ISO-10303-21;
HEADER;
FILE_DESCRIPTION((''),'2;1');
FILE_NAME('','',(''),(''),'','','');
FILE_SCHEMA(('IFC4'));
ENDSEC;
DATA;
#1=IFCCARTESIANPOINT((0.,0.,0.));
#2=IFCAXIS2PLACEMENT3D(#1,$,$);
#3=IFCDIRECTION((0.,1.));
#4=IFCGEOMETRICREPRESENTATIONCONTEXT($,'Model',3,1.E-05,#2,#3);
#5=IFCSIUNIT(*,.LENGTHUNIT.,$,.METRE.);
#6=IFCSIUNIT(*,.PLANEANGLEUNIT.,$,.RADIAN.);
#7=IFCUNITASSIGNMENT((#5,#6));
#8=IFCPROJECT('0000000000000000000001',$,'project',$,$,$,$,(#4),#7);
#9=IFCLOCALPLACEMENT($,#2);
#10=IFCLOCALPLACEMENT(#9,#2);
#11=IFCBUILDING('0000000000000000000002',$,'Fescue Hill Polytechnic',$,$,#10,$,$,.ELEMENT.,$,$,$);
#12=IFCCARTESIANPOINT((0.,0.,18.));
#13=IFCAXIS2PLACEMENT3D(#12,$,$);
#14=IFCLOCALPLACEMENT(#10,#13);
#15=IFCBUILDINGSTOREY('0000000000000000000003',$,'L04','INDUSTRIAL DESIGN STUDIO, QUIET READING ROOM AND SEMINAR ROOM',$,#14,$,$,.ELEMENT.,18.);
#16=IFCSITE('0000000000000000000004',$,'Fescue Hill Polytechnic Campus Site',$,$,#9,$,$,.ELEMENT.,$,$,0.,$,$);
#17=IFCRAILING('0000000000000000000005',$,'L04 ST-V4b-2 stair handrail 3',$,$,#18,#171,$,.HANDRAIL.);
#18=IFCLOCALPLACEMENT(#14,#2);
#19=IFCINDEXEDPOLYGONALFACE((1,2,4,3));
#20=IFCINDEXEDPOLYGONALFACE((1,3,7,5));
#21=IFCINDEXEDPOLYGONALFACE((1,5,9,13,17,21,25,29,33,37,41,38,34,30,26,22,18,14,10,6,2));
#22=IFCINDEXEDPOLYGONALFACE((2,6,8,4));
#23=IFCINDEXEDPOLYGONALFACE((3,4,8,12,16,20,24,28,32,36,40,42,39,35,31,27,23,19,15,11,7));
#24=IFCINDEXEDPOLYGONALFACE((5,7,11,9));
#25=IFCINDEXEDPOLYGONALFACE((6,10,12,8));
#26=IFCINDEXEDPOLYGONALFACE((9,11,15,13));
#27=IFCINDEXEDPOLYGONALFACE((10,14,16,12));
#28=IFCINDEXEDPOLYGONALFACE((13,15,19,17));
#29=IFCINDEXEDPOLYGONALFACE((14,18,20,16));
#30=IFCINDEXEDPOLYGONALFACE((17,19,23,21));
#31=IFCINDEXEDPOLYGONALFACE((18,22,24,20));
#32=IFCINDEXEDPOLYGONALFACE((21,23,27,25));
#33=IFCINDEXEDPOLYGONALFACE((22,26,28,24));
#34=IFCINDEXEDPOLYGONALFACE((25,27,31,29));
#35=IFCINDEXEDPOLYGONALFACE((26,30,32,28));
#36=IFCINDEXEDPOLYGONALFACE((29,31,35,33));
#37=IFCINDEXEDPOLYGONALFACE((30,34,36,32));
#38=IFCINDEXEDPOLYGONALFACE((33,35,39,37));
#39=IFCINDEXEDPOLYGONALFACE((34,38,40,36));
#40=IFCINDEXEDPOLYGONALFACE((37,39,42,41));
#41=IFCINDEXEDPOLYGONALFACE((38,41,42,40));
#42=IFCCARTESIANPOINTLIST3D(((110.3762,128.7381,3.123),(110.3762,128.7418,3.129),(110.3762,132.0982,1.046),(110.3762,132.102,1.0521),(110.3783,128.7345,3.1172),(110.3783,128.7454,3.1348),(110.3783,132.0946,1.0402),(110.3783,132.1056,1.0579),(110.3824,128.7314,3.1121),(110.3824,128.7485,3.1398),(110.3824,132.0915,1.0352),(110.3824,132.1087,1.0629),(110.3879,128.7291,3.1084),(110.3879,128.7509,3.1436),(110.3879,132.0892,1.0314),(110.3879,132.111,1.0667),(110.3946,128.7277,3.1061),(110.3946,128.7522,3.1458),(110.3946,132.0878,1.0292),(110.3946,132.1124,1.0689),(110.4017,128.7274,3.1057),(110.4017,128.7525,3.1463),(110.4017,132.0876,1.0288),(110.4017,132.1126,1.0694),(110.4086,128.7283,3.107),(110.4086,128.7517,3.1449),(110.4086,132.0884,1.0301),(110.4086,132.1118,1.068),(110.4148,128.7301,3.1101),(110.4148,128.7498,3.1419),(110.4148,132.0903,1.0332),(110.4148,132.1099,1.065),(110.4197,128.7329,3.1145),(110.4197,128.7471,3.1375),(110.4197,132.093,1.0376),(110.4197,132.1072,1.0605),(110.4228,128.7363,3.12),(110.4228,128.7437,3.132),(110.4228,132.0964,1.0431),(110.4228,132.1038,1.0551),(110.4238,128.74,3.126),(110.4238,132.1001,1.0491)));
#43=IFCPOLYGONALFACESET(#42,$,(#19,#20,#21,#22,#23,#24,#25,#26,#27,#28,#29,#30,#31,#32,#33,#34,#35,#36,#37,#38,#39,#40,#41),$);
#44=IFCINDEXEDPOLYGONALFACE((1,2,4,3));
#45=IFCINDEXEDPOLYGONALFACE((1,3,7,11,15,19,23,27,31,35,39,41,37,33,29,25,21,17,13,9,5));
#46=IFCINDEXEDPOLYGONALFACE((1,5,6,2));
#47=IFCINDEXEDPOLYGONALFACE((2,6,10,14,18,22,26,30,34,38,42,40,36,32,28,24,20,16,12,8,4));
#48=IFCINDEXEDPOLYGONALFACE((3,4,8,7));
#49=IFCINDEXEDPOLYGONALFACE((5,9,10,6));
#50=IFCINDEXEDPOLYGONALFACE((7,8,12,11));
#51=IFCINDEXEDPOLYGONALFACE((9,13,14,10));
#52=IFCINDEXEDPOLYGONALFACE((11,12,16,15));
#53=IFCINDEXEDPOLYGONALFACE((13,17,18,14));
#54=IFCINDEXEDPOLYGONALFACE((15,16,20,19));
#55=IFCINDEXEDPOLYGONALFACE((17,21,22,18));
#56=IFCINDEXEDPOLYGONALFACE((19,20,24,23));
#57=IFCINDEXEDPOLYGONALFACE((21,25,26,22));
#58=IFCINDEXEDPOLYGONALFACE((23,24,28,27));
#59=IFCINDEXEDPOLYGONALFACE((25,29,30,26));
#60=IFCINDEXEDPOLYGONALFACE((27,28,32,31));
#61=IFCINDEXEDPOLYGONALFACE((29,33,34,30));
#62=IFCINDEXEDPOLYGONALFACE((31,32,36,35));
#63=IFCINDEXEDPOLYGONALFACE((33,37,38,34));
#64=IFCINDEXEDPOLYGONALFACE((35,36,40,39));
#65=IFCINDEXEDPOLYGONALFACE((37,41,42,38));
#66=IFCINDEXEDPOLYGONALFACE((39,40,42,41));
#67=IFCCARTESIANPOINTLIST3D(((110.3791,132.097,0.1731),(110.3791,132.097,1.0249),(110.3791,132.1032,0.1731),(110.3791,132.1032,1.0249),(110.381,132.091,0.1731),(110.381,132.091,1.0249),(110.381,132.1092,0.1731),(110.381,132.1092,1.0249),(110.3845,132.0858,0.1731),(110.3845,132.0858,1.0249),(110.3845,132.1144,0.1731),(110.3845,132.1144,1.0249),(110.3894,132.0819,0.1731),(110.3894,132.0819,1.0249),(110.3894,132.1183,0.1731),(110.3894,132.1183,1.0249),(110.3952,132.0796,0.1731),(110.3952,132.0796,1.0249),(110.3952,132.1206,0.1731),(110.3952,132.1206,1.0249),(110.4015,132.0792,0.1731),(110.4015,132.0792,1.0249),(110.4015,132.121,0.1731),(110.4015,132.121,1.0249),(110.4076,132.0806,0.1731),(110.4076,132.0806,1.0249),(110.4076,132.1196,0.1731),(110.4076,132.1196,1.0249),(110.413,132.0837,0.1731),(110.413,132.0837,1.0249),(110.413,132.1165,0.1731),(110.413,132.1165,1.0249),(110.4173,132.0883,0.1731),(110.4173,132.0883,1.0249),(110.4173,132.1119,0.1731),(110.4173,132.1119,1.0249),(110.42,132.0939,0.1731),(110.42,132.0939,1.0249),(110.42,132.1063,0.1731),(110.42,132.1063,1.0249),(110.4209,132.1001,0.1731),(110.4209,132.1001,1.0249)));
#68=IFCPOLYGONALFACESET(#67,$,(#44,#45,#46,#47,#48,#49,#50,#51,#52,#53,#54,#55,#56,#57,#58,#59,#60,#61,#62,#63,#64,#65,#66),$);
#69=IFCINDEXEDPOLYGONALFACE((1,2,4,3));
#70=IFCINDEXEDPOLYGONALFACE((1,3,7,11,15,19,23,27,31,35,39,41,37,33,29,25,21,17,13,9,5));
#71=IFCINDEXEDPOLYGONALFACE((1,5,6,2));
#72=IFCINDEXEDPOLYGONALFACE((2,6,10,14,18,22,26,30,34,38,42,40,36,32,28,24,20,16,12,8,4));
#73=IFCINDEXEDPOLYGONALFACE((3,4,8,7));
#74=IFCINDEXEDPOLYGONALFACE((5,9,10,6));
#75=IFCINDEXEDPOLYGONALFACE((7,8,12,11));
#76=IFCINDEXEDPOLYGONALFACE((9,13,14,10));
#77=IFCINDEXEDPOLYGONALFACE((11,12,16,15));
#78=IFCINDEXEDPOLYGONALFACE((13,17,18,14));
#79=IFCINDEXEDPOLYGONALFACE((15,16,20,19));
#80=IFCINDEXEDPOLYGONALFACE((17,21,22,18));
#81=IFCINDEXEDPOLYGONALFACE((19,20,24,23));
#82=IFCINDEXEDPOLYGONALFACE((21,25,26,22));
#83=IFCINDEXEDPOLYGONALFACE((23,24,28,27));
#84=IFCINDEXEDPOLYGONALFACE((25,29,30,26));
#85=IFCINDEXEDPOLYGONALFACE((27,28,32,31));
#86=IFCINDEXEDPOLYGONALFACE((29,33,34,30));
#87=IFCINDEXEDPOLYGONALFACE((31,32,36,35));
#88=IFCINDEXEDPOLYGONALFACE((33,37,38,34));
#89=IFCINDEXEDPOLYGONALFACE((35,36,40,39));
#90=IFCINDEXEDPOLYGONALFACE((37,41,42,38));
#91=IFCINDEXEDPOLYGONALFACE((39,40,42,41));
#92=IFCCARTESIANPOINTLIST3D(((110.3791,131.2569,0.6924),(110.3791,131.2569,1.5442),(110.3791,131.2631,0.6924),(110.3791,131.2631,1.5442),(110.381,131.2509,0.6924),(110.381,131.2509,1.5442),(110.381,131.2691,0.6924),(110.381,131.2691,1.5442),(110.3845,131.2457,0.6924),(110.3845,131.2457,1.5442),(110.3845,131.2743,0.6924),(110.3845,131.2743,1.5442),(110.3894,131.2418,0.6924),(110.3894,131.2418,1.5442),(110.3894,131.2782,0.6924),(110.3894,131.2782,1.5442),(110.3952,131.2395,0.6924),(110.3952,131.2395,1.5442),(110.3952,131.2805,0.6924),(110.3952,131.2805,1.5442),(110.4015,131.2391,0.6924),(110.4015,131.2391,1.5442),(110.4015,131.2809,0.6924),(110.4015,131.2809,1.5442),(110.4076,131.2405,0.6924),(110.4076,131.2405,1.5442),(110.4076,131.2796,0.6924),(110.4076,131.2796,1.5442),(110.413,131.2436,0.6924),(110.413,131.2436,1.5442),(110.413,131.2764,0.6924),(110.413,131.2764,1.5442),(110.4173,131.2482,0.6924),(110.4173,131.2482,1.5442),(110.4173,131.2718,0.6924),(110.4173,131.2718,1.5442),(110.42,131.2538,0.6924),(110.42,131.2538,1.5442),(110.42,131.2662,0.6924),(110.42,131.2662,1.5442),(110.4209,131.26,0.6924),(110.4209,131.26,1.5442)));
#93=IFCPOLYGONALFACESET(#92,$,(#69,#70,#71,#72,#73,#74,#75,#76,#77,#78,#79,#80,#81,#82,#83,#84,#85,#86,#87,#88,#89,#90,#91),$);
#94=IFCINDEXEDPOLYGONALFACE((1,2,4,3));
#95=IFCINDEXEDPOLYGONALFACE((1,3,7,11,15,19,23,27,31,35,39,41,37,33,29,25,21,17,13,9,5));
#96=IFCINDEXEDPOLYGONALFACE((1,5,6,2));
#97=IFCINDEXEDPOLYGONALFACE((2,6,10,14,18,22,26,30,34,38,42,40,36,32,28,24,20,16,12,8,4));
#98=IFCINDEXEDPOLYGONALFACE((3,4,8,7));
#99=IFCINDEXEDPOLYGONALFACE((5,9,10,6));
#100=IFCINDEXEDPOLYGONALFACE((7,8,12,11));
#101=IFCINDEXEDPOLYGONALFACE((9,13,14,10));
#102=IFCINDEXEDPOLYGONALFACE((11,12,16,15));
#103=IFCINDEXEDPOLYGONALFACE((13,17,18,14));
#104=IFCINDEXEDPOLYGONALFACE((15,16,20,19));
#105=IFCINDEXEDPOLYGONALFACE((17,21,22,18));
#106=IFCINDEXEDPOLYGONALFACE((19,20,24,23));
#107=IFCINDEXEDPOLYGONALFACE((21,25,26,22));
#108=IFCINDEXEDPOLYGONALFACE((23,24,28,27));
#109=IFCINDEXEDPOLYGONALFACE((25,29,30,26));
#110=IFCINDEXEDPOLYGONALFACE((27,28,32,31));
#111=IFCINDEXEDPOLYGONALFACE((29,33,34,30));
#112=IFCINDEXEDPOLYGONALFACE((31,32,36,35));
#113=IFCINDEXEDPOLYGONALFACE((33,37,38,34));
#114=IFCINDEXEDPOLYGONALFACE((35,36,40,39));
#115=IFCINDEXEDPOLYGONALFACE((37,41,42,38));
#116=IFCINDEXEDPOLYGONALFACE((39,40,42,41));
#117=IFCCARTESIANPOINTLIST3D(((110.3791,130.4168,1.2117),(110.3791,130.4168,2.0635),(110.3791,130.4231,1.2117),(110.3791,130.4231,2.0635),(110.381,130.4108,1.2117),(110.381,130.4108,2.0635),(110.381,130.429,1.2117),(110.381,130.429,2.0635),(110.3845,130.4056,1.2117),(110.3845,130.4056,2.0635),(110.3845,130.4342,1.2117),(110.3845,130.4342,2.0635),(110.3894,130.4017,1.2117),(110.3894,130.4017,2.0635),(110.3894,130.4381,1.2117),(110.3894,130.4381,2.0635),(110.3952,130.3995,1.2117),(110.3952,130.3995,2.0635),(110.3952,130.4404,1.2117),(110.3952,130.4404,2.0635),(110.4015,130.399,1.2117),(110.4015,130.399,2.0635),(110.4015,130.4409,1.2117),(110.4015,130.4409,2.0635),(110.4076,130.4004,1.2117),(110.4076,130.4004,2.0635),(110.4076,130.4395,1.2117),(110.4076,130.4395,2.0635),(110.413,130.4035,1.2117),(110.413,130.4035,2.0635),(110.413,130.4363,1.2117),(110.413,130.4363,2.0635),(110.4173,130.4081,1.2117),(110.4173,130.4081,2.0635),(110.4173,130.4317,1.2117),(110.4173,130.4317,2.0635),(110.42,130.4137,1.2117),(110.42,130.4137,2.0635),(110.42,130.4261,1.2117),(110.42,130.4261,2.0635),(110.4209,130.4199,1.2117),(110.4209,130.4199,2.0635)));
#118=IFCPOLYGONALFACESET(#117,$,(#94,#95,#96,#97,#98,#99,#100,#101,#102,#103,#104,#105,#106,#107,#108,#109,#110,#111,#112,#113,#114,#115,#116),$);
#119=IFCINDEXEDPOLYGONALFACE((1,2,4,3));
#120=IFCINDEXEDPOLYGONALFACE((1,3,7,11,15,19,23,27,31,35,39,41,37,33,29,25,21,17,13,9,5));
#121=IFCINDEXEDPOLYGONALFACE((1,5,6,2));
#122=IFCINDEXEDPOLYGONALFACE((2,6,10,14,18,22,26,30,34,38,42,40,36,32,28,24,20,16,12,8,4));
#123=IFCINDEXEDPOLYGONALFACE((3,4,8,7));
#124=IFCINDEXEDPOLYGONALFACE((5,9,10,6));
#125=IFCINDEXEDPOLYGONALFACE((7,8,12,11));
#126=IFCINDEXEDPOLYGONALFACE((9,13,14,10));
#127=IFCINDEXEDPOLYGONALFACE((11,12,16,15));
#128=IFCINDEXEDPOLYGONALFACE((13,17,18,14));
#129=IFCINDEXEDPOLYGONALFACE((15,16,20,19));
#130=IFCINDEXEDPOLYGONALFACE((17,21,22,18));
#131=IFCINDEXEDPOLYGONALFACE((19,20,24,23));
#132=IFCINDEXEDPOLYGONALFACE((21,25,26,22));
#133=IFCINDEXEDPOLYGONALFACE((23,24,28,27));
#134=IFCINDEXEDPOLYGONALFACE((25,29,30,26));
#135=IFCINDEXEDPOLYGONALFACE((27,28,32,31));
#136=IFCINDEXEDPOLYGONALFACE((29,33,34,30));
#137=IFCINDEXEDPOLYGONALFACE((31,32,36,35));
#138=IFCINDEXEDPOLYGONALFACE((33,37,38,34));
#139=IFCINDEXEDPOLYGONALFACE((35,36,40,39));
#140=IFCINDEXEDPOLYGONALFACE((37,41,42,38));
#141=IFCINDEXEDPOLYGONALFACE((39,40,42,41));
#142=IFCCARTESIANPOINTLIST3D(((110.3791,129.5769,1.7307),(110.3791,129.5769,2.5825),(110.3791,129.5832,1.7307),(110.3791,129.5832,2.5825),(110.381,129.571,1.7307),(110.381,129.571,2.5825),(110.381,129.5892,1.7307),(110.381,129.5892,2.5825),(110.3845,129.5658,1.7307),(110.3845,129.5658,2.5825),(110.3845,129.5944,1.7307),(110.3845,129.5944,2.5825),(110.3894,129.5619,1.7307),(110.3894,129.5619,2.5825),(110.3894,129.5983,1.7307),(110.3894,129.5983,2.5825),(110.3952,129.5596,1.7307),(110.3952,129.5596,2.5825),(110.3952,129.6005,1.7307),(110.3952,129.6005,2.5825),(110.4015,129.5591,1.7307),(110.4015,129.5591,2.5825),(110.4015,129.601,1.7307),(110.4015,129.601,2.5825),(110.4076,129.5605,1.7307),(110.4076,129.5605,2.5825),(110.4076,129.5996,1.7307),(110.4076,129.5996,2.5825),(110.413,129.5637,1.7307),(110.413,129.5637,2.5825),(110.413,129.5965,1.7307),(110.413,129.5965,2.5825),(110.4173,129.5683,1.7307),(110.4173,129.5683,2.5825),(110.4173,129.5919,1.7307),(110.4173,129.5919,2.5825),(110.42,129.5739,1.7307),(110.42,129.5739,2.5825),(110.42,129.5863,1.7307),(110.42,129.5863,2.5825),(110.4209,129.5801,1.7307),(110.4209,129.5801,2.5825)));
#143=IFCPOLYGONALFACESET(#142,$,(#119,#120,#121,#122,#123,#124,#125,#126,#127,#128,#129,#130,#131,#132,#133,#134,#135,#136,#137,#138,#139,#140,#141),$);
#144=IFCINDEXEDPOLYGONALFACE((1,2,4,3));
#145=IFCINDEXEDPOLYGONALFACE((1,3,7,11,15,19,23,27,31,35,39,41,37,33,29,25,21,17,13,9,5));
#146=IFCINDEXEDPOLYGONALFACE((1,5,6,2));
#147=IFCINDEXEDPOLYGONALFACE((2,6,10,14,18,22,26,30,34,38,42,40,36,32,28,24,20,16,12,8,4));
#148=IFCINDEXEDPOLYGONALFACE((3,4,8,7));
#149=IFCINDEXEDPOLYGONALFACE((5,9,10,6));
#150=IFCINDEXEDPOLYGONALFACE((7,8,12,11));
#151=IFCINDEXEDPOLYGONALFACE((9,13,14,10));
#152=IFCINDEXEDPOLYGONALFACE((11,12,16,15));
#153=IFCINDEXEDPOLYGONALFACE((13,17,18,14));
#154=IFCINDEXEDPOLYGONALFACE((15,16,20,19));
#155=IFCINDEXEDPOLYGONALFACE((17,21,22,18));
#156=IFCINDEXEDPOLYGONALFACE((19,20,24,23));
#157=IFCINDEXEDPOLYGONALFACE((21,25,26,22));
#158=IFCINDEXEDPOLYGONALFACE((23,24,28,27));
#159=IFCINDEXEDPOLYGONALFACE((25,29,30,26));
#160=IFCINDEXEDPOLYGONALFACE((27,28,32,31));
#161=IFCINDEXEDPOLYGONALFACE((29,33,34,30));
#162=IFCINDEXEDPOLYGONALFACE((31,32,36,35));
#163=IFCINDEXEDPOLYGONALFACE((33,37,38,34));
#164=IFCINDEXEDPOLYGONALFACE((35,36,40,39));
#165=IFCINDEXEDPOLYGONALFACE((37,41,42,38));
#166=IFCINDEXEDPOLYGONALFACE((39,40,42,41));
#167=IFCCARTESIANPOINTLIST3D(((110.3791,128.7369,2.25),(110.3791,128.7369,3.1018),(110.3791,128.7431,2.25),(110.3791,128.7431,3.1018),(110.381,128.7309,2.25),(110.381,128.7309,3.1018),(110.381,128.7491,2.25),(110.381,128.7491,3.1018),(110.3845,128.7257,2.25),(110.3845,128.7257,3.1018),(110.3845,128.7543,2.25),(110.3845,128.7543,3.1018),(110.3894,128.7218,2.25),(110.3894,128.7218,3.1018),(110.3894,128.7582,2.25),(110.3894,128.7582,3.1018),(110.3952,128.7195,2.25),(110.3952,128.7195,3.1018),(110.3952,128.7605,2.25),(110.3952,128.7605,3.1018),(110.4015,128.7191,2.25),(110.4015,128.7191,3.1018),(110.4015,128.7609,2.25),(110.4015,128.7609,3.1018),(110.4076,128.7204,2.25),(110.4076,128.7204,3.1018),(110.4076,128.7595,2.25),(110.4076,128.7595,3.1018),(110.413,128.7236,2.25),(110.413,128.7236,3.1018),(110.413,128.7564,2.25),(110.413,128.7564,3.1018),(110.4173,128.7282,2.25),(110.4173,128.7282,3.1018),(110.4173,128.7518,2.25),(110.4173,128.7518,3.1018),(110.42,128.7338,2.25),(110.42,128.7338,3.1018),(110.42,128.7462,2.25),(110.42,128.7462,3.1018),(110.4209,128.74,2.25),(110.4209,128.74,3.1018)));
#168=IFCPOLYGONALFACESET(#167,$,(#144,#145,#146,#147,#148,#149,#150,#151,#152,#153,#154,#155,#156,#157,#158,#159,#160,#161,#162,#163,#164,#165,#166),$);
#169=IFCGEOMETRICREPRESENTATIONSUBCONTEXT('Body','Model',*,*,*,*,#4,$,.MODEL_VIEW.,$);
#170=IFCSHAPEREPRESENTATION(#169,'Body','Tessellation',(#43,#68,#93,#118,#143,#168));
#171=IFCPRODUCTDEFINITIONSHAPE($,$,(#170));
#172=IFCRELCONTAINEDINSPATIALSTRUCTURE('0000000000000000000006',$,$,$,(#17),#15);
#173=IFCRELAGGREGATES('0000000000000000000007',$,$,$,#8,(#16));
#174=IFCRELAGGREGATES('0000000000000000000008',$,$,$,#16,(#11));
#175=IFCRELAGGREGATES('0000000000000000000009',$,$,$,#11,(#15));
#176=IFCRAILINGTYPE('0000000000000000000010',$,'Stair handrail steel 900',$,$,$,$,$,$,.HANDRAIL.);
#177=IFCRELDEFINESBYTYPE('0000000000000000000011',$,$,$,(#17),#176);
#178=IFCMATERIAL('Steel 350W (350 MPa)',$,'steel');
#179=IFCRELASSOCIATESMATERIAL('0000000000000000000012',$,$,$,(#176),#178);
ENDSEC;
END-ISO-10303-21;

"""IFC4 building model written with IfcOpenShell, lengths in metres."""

from ifc_helpers import new_model, si_unit, direction, frame, origin, origin_2d, place, context, subcontext, project, spatial, circle, extrude, material, type_object, element, save


model = new_model("IFC4")

# Units and contexts
model_context = context("Model", 3, precision=1e-05, world=origin(), true_north=direction((0.0, 1.0)))
body_context = subcontext(model_context, "Body", "Model", "MODEL_VIEW")
ifc_project = project(units=[si_unit("LENGTHUNIT", "METRE"), si_unit("PLANEANGLEUNIT", "RADIAN")], contexts=[model_context])

# Site, building, storey
site_placement = place(None, origin())
site = spatial("IfcSite", under=ifc_project, at=site_placement, Name="Fescue Hill Polytechnic Campus Site", CompositionType="ELEMENT", RefElevation=0.0)
building_placement = place(site_placement, origin())
building = spatial("IfcBuilding", under=site, at=building_placement, Name="Fescue Hill Polytechnic", CompositionType="ELEMENT")
storey_placement = place(building_placement, frame((0.0, 0.0, 18.0)))
storey = spatial("IfcBuildingStorey", under=building, at=storey_placement, Name="L04", Description="INDUSTRIAL DESIGN STUDIO, QUIET READING ROOM AND SEMINAR ROOM", CompositionType="ELEMENT", Elevation=18.0)

# Railing
ifc_material_1 = material(Name="Steel 350W (350 MPa)", Category="steel")
railing_type_1 = type_object("IfcRailingType", Name="Stair handrail steel 900", PredefinedType="HANDRAIL", material=ifc_material_1)
railing_1_placement = place(storey_placement, frame((110.3999, 132.1001, 0.1731)))
element("IfcRailing", 1, at=railing_1_placement, inside=storey, type_object=railing_type_1, Name="L04 ST-V4b-2 stair handrail 3", PredefinedType="HANDRAIL", context=body_context, shape_type="SweptSolid", body=[
    extrude(circle(Radius=0.0239, at=origin_2d()), frame((0.0, 0.0, 0.876), z_axis=(0.0, -0.850623, 0.525776), x_axis=(1.0, 0.0, 0.0)), (0.0, 0.0, 1.0), 3.9502),
    extrude(circle(Radius=0.021, at=origin_2d()), origin(), (0.0, 0.0, 1.0), 0.8518),
    extrude(circle(Radius=0.021, at=origin_2d()), frame((0.0, -0.8401, 0.5193)), (0.0, 0.0, 1.0), 0.8518),
    extrude(circle(Radius=0.021, at=origin_2d()), frame((0.0, -1.6802, 1.0386)), (0.0, 0.0, 1.0), 0.8518),
    extrude(circle(Radius=0.021, at=origin_2d()), frame((0.0, -2.52, 1.5576)), (0.0, 0.0, 1.0), 0.8518),
    extrude(circle(Radius=0.021, at=origin_2d()), frame((0.0, -3.3601, 2.0769)), (0.0, 0.0, 1.0), 0.8518),
])

save(model, "model.ifc")
